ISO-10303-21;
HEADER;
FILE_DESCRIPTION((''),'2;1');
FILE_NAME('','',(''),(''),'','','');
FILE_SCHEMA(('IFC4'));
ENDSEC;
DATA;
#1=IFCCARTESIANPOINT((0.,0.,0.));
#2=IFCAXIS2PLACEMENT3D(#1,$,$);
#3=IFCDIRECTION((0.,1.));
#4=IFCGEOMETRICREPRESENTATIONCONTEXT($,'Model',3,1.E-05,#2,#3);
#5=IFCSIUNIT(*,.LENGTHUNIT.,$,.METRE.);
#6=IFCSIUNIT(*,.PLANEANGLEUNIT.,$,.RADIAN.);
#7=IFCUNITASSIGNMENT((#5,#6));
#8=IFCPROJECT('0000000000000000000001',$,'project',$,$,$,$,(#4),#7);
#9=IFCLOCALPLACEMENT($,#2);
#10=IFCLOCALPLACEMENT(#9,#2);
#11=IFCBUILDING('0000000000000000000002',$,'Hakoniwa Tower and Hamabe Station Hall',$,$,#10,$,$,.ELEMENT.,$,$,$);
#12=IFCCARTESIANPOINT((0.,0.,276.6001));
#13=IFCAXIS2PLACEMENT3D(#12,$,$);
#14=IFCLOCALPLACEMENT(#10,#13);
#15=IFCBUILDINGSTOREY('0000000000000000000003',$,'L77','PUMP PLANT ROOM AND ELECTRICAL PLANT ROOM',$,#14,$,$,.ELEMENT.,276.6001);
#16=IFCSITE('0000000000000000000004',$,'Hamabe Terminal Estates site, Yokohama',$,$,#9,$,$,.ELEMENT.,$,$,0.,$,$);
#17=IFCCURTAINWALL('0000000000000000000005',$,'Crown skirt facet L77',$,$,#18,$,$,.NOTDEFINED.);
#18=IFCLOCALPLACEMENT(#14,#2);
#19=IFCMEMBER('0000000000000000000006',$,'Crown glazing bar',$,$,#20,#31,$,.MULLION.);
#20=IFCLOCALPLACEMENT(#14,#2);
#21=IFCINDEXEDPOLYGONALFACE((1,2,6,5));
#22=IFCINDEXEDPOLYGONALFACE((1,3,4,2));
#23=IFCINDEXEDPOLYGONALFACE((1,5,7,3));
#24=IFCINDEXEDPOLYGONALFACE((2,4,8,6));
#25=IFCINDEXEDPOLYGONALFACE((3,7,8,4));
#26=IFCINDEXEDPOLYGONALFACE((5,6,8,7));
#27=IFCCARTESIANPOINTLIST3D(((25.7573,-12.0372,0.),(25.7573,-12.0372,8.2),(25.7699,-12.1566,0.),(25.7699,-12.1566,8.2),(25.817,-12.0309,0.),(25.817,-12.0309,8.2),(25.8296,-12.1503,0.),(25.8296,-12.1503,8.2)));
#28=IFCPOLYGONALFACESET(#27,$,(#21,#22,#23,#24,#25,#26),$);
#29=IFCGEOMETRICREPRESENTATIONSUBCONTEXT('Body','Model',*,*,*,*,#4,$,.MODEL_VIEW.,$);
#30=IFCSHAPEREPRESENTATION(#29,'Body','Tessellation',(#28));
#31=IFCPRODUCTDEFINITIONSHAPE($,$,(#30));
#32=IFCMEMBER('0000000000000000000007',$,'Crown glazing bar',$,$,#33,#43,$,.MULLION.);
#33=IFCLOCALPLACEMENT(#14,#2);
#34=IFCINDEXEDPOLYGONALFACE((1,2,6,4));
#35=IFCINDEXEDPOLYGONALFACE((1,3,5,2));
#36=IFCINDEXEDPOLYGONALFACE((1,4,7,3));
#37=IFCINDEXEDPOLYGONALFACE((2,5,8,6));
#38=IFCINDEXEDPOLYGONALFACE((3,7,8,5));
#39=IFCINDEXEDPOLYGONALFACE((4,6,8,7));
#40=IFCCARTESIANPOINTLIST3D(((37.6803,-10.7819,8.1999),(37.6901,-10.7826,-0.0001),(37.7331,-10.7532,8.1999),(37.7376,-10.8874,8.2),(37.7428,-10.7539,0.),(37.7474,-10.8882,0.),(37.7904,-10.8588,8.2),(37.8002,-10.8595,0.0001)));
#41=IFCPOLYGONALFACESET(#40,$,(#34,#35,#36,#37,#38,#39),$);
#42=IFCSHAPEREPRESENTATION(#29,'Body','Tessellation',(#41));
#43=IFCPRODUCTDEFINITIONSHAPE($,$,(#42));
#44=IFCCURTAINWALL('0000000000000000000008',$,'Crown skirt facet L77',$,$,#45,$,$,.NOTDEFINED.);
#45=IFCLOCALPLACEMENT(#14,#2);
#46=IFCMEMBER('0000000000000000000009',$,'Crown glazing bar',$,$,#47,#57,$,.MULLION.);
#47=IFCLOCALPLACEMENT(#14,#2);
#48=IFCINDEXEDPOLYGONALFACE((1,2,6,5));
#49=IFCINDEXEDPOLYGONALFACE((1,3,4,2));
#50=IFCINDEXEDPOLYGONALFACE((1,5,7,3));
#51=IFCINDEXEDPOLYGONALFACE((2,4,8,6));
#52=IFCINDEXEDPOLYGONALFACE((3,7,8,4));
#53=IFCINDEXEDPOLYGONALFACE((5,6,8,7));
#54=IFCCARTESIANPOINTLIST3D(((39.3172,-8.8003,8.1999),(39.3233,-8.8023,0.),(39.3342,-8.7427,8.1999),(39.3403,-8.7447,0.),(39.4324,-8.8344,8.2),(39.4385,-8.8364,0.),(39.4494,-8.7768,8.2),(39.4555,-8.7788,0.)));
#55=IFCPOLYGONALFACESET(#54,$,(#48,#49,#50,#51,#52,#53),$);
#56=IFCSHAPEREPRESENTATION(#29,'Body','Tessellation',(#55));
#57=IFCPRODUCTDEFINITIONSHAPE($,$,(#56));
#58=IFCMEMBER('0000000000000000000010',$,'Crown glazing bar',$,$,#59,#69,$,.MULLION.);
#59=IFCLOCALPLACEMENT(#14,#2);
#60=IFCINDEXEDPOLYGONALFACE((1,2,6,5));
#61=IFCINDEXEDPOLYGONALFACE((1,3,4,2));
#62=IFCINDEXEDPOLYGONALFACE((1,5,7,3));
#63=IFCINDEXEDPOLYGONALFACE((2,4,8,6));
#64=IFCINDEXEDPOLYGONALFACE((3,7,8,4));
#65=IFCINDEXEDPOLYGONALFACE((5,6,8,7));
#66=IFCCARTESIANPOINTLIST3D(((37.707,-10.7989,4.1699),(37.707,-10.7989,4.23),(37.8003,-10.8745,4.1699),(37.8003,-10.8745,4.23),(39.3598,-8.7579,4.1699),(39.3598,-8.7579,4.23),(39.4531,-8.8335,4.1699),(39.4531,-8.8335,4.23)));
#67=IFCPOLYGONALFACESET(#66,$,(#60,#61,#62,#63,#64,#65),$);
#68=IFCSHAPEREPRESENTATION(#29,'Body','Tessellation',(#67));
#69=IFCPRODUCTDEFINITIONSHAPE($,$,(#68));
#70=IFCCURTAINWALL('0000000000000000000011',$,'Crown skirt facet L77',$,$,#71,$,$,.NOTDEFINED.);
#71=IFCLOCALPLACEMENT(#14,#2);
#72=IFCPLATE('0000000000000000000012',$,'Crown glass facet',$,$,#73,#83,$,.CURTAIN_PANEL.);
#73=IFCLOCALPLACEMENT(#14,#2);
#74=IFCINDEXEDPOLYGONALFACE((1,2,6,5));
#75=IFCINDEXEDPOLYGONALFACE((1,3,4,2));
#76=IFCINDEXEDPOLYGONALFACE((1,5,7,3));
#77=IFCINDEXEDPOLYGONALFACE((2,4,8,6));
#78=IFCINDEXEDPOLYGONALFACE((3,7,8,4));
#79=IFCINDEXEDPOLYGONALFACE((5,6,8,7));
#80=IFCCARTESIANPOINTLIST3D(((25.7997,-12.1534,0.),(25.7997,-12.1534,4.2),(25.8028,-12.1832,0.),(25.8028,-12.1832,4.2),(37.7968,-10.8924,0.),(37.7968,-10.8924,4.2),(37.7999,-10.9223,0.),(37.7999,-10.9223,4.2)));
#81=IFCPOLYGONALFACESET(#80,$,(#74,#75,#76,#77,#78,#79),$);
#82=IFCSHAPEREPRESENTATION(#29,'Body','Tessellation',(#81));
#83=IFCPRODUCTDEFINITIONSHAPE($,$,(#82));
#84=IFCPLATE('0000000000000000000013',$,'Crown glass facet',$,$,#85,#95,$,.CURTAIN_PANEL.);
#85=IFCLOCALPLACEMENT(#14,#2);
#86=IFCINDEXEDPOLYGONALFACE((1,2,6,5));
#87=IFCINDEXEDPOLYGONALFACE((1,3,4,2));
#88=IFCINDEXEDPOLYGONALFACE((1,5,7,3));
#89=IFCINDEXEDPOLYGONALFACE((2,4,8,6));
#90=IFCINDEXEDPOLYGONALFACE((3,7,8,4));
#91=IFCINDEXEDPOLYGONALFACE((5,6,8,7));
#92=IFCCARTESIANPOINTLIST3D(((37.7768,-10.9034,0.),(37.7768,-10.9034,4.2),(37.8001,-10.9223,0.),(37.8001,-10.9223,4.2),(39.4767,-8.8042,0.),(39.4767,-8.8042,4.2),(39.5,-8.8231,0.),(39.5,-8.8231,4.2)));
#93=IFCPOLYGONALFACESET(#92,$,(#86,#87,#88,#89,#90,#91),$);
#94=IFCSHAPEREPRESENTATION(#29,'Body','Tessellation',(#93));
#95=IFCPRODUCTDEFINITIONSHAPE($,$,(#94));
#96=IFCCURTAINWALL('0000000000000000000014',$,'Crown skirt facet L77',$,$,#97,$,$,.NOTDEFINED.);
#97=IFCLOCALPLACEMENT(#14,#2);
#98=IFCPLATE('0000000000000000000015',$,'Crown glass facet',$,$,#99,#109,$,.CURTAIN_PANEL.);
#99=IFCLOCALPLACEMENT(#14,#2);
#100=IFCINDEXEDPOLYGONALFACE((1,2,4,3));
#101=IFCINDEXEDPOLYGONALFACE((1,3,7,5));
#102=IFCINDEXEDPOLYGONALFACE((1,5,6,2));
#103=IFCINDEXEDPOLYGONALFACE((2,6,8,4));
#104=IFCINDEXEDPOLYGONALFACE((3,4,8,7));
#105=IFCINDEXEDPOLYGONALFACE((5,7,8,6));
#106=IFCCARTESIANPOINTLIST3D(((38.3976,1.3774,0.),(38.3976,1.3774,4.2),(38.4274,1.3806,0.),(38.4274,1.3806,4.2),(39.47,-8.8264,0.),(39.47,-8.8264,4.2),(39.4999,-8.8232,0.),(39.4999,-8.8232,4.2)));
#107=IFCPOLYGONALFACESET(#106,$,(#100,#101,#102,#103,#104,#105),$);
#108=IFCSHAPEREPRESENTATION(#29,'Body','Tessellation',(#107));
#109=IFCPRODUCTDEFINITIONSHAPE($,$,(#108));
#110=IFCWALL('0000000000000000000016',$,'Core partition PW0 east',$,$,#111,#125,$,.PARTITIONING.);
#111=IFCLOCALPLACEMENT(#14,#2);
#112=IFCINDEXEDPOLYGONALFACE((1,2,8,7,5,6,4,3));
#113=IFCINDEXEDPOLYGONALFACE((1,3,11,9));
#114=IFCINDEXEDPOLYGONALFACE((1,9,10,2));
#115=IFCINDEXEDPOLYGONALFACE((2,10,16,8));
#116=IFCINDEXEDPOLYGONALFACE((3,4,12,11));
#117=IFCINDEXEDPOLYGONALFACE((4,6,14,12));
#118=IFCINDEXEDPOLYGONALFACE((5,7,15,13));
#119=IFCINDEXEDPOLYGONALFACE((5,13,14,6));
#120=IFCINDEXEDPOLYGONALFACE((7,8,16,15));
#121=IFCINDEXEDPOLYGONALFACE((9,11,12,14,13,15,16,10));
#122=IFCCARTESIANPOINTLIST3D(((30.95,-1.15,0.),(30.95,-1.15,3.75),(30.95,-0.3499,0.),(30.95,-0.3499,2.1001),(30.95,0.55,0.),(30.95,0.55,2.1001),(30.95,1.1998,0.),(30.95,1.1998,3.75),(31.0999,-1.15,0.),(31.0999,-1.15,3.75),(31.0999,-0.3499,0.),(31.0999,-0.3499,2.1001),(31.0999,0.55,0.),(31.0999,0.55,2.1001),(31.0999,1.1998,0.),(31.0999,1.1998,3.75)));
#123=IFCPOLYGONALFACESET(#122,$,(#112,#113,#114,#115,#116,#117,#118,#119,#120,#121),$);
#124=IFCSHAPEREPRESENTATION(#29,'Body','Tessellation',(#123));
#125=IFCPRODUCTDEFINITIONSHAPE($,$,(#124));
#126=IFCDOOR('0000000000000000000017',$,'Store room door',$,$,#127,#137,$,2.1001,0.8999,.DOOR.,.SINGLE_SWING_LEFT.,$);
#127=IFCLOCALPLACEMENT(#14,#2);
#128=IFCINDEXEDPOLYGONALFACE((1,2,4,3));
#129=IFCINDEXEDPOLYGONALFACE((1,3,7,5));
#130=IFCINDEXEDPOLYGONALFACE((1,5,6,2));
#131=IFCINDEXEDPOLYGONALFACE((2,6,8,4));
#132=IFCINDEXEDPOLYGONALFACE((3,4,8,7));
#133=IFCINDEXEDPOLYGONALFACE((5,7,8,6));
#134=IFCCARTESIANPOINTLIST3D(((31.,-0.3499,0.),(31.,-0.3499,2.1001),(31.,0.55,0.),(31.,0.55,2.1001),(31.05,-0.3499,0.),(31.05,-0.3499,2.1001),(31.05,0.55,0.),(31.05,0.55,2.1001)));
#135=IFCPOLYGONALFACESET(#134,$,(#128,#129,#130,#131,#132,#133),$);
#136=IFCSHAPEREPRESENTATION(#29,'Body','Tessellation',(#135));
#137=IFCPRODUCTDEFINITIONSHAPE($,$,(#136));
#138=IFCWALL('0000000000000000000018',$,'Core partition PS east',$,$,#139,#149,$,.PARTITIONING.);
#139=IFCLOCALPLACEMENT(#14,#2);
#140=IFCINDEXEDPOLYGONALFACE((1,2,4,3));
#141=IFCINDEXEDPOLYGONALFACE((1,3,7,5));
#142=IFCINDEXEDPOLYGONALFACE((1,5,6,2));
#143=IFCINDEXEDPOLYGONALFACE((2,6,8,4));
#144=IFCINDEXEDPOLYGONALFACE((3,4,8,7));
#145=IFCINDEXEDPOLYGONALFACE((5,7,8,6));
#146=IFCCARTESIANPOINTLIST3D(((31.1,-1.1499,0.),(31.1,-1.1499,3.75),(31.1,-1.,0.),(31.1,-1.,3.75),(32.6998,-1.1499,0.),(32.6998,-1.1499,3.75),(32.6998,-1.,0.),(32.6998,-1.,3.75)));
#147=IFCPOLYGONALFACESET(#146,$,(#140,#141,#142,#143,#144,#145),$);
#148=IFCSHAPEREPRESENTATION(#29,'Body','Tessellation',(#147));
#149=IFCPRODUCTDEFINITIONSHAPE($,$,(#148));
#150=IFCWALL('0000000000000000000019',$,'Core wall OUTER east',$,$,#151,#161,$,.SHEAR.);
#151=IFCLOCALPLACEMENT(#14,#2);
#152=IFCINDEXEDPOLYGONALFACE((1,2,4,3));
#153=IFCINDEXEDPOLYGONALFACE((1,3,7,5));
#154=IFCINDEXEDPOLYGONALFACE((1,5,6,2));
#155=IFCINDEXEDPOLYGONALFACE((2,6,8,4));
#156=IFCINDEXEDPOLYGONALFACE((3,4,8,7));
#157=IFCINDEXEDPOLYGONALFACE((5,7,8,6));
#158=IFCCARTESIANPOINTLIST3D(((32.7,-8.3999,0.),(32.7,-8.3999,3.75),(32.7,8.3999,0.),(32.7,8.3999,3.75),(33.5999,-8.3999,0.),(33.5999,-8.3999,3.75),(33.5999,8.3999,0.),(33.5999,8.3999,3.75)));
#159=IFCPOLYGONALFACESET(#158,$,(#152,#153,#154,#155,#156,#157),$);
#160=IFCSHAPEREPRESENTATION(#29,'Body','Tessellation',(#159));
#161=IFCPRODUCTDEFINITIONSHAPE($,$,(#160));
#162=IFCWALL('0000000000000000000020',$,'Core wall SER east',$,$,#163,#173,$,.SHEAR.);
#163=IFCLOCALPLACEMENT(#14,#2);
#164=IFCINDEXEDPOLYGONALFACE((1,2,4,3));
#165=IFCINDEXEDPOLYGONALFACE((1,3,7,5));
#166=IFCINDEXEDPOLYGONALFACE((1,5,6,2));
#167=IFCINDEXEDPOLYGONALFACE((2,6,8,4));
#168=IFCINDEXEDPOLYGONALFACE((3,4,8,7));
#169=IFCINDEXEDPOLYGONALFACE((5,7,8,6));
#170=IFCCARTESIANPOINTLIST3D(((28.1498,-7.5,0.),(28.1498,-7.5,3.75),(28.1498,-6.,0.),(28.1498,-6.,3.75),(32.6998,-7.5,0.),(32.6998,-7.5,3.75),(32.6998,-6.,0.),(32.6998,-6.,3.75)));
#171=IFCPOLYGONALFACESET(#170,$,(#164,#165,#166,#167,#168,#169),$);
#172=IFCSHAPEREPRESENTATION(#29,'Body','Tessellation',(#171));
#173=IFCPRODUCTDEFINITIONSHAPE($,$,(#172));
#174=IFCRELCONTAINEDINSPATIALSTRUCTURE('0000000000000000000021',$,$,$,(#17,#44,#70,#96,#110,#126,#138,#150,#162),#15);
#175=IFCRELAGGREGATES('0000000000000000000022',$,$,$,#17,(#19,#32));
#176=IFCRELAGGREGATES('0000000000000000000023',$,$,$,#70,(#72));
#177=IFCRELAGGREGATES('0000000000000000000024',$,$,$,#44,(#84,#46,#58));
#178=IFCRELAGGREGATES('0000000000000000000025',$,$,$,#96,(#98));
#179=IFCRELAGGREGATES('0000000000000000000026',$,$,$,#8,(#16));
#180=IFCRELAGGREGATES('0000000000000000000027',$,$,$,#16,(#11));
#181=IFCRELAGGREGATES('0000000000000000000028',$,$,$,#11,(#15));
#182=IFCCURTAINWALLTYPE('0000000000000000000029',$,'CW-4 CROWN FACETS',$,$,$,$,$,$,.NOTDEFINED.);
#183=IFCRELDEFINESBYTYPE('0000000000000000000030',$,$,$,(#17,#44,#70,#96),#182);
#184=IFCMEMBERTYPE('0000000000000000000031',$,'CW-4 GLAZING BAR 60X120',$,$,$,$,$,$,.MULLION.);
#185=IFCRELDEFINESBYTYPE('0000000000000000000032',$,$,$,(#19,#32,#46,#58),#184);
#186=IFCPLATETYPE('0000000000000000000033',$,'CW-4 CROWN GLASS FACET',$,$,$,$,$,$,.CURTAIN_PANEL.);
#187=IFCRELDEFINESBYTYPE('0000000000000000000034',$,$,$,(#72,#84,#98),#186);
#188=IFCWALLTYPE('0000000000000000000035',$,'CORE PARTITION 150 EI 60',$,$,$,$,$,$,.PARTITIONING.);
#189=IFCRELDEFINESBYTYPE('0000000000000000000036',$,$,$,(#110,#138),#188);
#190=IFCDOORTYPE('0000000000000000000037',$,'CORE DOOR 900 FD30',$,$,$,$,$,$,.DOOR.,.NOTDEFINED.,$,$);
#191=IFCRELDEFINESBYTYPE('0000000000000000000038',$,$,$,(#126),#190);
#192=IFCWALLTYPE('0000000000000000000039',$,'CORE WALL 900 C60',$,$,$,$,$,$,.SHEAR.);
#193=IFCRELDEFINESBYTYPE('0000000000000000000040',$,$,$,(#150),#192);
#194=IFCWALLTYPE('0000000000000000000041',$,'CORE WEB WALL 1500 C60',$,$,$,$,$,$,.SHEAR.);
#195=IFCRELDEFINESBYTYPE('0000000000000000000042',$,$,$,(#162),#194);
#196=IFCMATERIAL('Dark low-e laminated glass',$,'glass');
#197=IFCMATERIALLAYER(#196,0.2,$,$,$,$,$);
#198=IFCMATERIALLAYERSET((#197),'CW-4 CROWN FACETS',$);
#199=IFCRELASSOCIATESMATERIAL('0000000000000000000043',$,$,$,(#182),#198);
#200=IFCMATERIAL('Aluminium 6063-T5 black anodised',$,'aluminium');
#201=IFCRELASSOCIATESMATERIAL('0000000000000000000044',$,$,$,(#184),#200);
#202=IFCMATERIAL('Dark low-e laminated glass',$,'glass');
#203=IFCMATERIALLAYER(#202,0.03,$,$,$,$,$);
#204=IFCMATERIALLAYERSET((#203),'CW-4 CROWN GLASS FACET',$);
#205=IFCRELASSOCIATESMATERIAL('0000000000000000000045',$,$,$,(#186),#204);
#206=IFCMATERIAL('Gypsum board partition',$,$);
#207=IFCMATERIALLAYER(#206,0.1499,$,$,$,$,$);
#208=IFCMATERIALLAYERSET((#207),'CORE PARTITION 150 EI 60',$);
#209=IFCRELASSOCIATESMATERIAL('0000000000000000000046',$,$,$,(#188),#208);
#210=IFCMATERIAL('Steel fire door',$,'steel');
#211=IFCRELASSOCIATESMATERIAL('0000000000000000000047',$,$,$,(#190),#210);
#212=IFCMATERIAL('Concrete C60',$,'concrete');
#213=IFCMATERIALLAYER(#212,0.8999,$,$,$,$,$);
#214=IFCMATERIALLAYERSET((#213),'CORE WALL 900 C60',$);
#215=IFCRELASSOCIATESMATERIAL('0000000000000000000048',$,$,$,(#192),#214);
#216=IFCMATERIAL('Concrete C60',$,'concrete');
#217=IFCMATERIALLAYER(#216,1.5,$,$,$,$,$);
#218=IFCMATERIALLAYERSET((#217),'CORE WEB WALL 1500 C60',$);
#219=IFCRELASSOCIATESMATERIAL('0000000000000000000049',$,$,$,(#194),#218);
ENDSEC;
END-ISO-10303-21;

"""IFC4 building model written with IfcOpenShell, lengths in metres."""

from ifc_helpers import new_model, si_unit, direction, frame, frame_2d, origin, origin_2d, place, context, subcontext, project, spatial, rectangle, extrude, material, layer, layer_set, material_profile, profile_set, type_object, element, fill, aggregate, save


model = new_model("IFC4")

# Units and contexts
model_context = context("Model", 3, precision=1e-05, world=origin(), true_north=direction((0.0, 1.0)))
body_context = subcontext(model_context, "Body", "Model", "MODEL_VIEW")
ifc_project = project(units=[si_unit("LENGTHUNIT", "METRE"), si_unit("PLANEANGLEUNIT", "RADIAN")], contexts=[model_context])

# Site, building, storey
site_placement = place(None, origin())
site = spatial("IfcSite", under=ifc_project, at=site_placement, Name="Hamabe Terminal Estates site, Yokohama", CompositionType="ELEMENT", RefElevation=0.0)
building_placement = place(site_placement, origin())
building = spatial("IfcBuilding", under=site, at=building_placement, Name="Hakoniwa Tower and Hamabe Station Hall", CompositionType="ELEMENT")
storey_placement = place(building_placement, frame((0.0, 0.0, 276.6001)))
storey = spatial("IfcBuildingStorey", under=building, at=storey_placement, Name="L77", Description="PUMP PLANT ROOM AND ELECTRICAL PLANT ROOM", CompositionType="ELEMENT", Elevation=276.6001)

# Curtain walls, members
ifc_material_1 = material(Name="Dark low-e laminated glass", Category="glass")
ifc_layer_1 = layer(ifc_material_1, 0.2)
ifc_layer_set_1 = layer_set([ifc_layer_1], Name="CW-4 CROWN FACETS")
curtain_wall_type = type_object("IfcCurtainWallType", Name="CW-4 CROWN FACETS", PredefinedType="NOTDEFINED", material=ifc_layer_set_1)
curtain_wall_1_placement = place(storey_placement, origin())
curtain_wall_1 = element("IfcCurtainWall", 1, at=curtain_wall_1_placement, inside=storey, type_object=curtain_wall_type, Name="Crown skirt facet L77", PredefinedType="NOTDEFINED")
ifc_material_2 = material(Name="Aluminium 6063-T5 black anodised", Category="aluminium")
ifc_material_profile_1 = material_profile(ifc_material_2, rectangle(XDim=0.0601, YDim=0.1201, at=origin_2d()), Name="CW-4 GLAZING BAR 60X120")
ifc_profile_set_1 = profile_set([ifc_material_profile_1], Name="Aluminium 6063-T5 black anodised")
member_type = type_object("IfcMemberType", Name="CW-4 GLAZING BAR 60X120", PredefinedType="MULLION", material=ifc_profile_set_1)
member_1_placement = place(storey_placement, frame((25.7935, -12.0938, 0.0), z_axis=(0.0, 0.0, 1.0), x_axis=(-0.994522, -0.104528, 0.0)))
member_1 = element("IfcMember", 2, at=member_1_placement, type_object=member_type, Name="Crown glazing bar", PredefinedType="MULLION", context=body_context, shape_type="SweptSolid", body=[
    extrude(rectangle(XDim=0.0601, YDim=0.1201, at=origin_2d()), origin(), (0.0, 0.0, 1.0), 8.2),
])
member_2_placement = place(storey_placement, frame((37.7451, -10.821, 0.0), z_axis=(-0.001191, 0.000089, 0.999999), x_axis=(-0.878817, -0.477158, 0.000043)))
member_2 = element("IfcMember", 3, at=member_2_placement, type_object=member_type, Name="Crown glazing bar", PredefinedType="MULLION", context=body_context, shape_type="SweptSolid", body=[
    extrude(rectangle(XDim=0.0601, YDim=0.1201, at=origin_2d()), origin(), (0.0, 0.0, 1.0), 8.2),
])
aggregate(curtain_wall_1, [member_1, member_2])
curtain_wall_2_placement = place(storey_placement, origin())
curtain_wall_2 = element("IfcCurtainWall", 4, at=curtain_wall_2_placement, inside=storey, type_object=curtain_wall_type, Name="Crown skirt facet L77", PredefinedType="NOTDEFINED")
member_3_placement = place(storey_placement, frame((39.3894, -8.7905, 0.0), z_axis=(-0.000744, 0.000238, 1.0), x_axis=(-0.284015, -0.958819, 0.000228)))
member_3 = element("IfcMember", 5, at=member_3_placement, type_object=member_type, Name="Crown glazing bar", PredefinedType="MULLION", context=body_context, shape_type="SweptSolid", body=[
    extrude(rectangle(XDim=0.0601, YDim=0.1201, at=origin_2d()), origin(), (0.0, 0.0, 1.0), 8.2),
])
member_4_placement = place(storey_placement, frame((37.7537, -10.8367, 4.2), z_axis=(0.629332, 0.777137, 0.0), x_axis=(0.0, 0.0, 1.0)))
member_4 = element("IfcMember", 6, at=member_4_placement, type_object=member_type, Name="Crown glazing bar", PredefinedType="MULLION", context=body_context, shape_type="SweptSolid", body=[
    extrude(rectangle(XDim=0.0601, YDim=0.1201, at=origin_2d()), origin(), (0.0, 0.0, 1.0), 2.6262),
])

# Curtain wall, plate
curtain_wall_3_placement = place(storey_placement, origin())
curtain_wall_3 = element("IfcCurtainWall", 7, at=curtain_wall_3_placement, inside=storey, type_object=curtain_wall_type, Name="Crown skirt facet L77", PredefinedType="NOTDEFINED")
ifc_material_3 = material(Name="Dark low-e laminated glass", Category="glass")
ifc_layer_2 = layer(ifc_material_3, 0.03)
ifc_layer_set_2 = layer_set([ifc_layer_2], Name="CW-4 CROWN GLASS FACET")
plate_type = type_object("IfcPlateType", Name="CW-4 CROWN GLASS FACET", PredefinedType="CURTAIN_PANEL", material=ifc_layer_set_2)
plate_1_placement = place(storey_placement, frame((31.7998, -11.5378, 0.0), z_axis=(0.0, 0.0, 1.0), x_axis=(0.994522, 0.104528, 0.0)))
plate_1 = element("IfcPlate", 8, at=plate_1_placement, type_object=plate_type, Name="Crown glass facet", PredefinedType="CURTAIN_PANEL", context=body_context, shape_type="SweptSolid", body=[
    extrude(rectangle(XDim=12.0632, YDim=0.03, at=origin_2d()), origin(), (0.0, 0.0, 1.0), 4.2),
])
aggregate(curtain_wall_3, [plate_1])

# Plate
plate_2_placement = place(storey_placement, frame((38.6384, -9.8633, 0.0), z_axis=(0.0, 0.0, 1.0), x_axis=(0.62932, 0.777146, 0.0)))
plate_2 = element("IfcPlate", 9, at=plate_2_placement, type_object=plate_type, Name="Crown glass facet", PredefinedType="CURTAIN_PANEL", context=body_context, shape_type="SweptSolid", body=[
    extrude(rectangle(XDim=2.7012, YDim=0.03, at=origin_2d()), origin(), (0.0, 0.0, 1.0), 4.2),
])
aggregate(curtain_wall_2, [plate_2, member_3, member_4])

# Curtain wall, plate
curtain_wall_4_placement = place(storey_placement, origin())
curtain_wall_4 = element("IfcCurtainWall", 10, at=curtain_wall_4_placement, inside=storey, type_object=curtain_wall_type, Name="Crown skirt facet L77", PredefinedType="NOTDEFINED")
plate_3_placement = place(storey_placement, frame((38.9487, -3.7229, 0.0), z_axis=(0.0, 0.0, 1.0), x_axis=(-0.104528, 0.994522, 0.0)))
plate_3 = element("IfcPlate", 11, at=plate_3_placement, type_object=plate_type, Name="Crown glass facet", PredefinedType="CURTAIN_PANEL", context=body_context, shape_type="SweptSolid", body=[
    extrude(rectangle(XDim=10.26, YDim=0.03, at=origin_2d()), origin(), (0.0, 0.0, 1.0), 4.2),
])
aggregate(curtain_wall_4, [plate_3])

# Wall, opening, door
ifc_material_4 = material(Name="Gypsum board partition")
ifc_layer_3 = layer(ifc_material_4, 0.1499)
ifc_layer_set_3 = layer_set([ifc_layer_3], Name="CORE PARTITION 150 EI 60")
wall_type_1 = type_object("IfcWallType", Name="CORE PARTITION 150 EI 60", PredefinedType="PARTITIONING", material=ifc_layer_set_3)
wall_1_placement = place(storey_placement, frame((31.0249, -1.1499, 0.0), z_axis=(0.0, 0.0, 1.0), x_axis=(0.0, 1.0, 0.0)))
wall_1 = element("IfcWall", 12, at=wall_1_placement, inside=storey, type_object=wall_type_1, Name="Core partition PW0 east", PredefinedType="PARTITIONING", context=body_context, shape_type="SweptSolid", body=[
    extrude(rectangle(XDim=2.3499, YDim=0.1499, at=frame_2d((1.1748, 0.0))), origin(), (0.0, 0.0, 1.0), 3.75),
])
opening_1_placement = place(wall_1_placement, frame((0.8, 0.0, 0.0)))
opening_1 = element("IfcOpeningElement", 13, at=opening_1_placement, cuts=wall_1, PredefinedType="OPENING", context=body_context, shape_type="SweptSolid", body=[
    extrude(rectangle(XDim=0.8999, YDim=2.1001, at=frame_2d((0.45, 1.05))), frame((0.0, 0.085, 0.0), z_axis=(0.0, -1.0, 0.0), x_axis=(1.0, 0.0, 0.0)), (0.0, 0.0, 1.0), 0.1699),
])
ifc_material_5 = material(Name="Steel fire door", Category="steel")
door_type_1 = type_object("IfcDoorType", Name="CORE DOOR 900 FD30", OperationType="NOTDEFINED", PredefinedType="DOOR", material=ifc_material_5)
door_1_placement = place(opening_1_placement, origin())
door_1 = element("IfcDoor", 14, at=door_1_placement, inside=storey, type_object=door_type_1, Name="Store room door", OperationType="SINGLE_SWING_LEFT", OverallHeight=2.1001, OverallWidth=0.8999, PredefinedType="DOOR", context=body_context, shape_type="SweptSolid", body=[
    extrude(rectangle(XDim=0.8999, YDim=2.1001, at=frame_2d((0.45, 1.05))), frame((0.0, 0.0249, 0.0), z_axis=(0.0, -1.0, 0.0), x_axis=(1.0, 0.0, 0.0)), (0.0, 0.0, 1.0), 0.05),
])
fill(opening_1, door_1)

# Walls
wall_2_placement = place(storey_placement, frame((31.1001, -1.075, 0.0), z_axis=(0.0, 0.0, 1.0), x_axis=(1.0, 0.0, 0.0)))
element("IfcWall", 15, at=wall_2_placement, inside=storey, type_object=wall_type_1, Name="Core partition PS east", PredefinedType="PARTITIONING", context=body_context, shape_type="SweptSolid", body=[
    extrude(rectangle(XDim=1.5999, YDim=0.1499, at=frame_2d((0.7998, 0.0))), origin(), (0.0, 0.0, 1.0), 3.75),
])
ifc_material_6 = material(Name="Concrete C60", Category="concrete")
ifc_layer_4 = layer(ifc_material_6, 0.8999)
ifc_layer_set_4 = layer_set([ifc_layer_4], Name="CORE WALL 900 C60")
wall_type_2 = type_object("IfcWallType", Name="CORE WALL 900 C60", PredefinedType="SHEAR", material=ifc_layer_set_4)
wall_3_placement = place(storey_placement, frame((33.1499, -8.3999, 0.0), z_axis=(0.0, 0.0, 1.0), x_axis=(0.0, 1.0, 0.0)))
element("IfcWall", 16, at=wall_3_placement, inside=storey, type_object=wall_type_2, Name="Core wall OUTER east", PredefinedType="SHEAR", context=body_context, shape_type="SweptSolid", body=[
    extrude(rectangle(XDim=16.7998, YDim=0.8999, at=frame_2d((8.3999, 0.0))), origin(), (0.0, 0.0, 1.0), 3.75),
])
ifc_material_7 = material(Name="Concrete C60", Category="concrete")
ifc_layer_5 = layer(ifc_material_7, 1.5)
ifc_layer_set_5 = layer_set([ifc_layer_5], Name="CORE WEB WALL 1500 C60")
wall_type_3 = type_object("IfcWallType", Name="CORE WEB WALL 1500 C60", PredefinedType="SHEAR", material=ifc_layer_set_5)
wall_4_placement = place(storey_placement, frame((28.1499, -6.75, 0.0), z_axis=(0.0, 0.0, 1.0), x_axis=(1.0, 0.0, 0.0)))
element("IfcWall", 17, at=wall_4_placement, inside=storey, type_object=wall_type_3, Name="Core wall SER east", PredefinedType="SHEAR", context=body_context, shape_type="SweptSolid", body=[
    extrude(rectangle(XDim=4.55, YDim=1.5, at=frame_2d((2.2749, 0.0))), origin(), (0.0, 0.0, 1.0), 3.75),
])

save(model, "model.ifc")
